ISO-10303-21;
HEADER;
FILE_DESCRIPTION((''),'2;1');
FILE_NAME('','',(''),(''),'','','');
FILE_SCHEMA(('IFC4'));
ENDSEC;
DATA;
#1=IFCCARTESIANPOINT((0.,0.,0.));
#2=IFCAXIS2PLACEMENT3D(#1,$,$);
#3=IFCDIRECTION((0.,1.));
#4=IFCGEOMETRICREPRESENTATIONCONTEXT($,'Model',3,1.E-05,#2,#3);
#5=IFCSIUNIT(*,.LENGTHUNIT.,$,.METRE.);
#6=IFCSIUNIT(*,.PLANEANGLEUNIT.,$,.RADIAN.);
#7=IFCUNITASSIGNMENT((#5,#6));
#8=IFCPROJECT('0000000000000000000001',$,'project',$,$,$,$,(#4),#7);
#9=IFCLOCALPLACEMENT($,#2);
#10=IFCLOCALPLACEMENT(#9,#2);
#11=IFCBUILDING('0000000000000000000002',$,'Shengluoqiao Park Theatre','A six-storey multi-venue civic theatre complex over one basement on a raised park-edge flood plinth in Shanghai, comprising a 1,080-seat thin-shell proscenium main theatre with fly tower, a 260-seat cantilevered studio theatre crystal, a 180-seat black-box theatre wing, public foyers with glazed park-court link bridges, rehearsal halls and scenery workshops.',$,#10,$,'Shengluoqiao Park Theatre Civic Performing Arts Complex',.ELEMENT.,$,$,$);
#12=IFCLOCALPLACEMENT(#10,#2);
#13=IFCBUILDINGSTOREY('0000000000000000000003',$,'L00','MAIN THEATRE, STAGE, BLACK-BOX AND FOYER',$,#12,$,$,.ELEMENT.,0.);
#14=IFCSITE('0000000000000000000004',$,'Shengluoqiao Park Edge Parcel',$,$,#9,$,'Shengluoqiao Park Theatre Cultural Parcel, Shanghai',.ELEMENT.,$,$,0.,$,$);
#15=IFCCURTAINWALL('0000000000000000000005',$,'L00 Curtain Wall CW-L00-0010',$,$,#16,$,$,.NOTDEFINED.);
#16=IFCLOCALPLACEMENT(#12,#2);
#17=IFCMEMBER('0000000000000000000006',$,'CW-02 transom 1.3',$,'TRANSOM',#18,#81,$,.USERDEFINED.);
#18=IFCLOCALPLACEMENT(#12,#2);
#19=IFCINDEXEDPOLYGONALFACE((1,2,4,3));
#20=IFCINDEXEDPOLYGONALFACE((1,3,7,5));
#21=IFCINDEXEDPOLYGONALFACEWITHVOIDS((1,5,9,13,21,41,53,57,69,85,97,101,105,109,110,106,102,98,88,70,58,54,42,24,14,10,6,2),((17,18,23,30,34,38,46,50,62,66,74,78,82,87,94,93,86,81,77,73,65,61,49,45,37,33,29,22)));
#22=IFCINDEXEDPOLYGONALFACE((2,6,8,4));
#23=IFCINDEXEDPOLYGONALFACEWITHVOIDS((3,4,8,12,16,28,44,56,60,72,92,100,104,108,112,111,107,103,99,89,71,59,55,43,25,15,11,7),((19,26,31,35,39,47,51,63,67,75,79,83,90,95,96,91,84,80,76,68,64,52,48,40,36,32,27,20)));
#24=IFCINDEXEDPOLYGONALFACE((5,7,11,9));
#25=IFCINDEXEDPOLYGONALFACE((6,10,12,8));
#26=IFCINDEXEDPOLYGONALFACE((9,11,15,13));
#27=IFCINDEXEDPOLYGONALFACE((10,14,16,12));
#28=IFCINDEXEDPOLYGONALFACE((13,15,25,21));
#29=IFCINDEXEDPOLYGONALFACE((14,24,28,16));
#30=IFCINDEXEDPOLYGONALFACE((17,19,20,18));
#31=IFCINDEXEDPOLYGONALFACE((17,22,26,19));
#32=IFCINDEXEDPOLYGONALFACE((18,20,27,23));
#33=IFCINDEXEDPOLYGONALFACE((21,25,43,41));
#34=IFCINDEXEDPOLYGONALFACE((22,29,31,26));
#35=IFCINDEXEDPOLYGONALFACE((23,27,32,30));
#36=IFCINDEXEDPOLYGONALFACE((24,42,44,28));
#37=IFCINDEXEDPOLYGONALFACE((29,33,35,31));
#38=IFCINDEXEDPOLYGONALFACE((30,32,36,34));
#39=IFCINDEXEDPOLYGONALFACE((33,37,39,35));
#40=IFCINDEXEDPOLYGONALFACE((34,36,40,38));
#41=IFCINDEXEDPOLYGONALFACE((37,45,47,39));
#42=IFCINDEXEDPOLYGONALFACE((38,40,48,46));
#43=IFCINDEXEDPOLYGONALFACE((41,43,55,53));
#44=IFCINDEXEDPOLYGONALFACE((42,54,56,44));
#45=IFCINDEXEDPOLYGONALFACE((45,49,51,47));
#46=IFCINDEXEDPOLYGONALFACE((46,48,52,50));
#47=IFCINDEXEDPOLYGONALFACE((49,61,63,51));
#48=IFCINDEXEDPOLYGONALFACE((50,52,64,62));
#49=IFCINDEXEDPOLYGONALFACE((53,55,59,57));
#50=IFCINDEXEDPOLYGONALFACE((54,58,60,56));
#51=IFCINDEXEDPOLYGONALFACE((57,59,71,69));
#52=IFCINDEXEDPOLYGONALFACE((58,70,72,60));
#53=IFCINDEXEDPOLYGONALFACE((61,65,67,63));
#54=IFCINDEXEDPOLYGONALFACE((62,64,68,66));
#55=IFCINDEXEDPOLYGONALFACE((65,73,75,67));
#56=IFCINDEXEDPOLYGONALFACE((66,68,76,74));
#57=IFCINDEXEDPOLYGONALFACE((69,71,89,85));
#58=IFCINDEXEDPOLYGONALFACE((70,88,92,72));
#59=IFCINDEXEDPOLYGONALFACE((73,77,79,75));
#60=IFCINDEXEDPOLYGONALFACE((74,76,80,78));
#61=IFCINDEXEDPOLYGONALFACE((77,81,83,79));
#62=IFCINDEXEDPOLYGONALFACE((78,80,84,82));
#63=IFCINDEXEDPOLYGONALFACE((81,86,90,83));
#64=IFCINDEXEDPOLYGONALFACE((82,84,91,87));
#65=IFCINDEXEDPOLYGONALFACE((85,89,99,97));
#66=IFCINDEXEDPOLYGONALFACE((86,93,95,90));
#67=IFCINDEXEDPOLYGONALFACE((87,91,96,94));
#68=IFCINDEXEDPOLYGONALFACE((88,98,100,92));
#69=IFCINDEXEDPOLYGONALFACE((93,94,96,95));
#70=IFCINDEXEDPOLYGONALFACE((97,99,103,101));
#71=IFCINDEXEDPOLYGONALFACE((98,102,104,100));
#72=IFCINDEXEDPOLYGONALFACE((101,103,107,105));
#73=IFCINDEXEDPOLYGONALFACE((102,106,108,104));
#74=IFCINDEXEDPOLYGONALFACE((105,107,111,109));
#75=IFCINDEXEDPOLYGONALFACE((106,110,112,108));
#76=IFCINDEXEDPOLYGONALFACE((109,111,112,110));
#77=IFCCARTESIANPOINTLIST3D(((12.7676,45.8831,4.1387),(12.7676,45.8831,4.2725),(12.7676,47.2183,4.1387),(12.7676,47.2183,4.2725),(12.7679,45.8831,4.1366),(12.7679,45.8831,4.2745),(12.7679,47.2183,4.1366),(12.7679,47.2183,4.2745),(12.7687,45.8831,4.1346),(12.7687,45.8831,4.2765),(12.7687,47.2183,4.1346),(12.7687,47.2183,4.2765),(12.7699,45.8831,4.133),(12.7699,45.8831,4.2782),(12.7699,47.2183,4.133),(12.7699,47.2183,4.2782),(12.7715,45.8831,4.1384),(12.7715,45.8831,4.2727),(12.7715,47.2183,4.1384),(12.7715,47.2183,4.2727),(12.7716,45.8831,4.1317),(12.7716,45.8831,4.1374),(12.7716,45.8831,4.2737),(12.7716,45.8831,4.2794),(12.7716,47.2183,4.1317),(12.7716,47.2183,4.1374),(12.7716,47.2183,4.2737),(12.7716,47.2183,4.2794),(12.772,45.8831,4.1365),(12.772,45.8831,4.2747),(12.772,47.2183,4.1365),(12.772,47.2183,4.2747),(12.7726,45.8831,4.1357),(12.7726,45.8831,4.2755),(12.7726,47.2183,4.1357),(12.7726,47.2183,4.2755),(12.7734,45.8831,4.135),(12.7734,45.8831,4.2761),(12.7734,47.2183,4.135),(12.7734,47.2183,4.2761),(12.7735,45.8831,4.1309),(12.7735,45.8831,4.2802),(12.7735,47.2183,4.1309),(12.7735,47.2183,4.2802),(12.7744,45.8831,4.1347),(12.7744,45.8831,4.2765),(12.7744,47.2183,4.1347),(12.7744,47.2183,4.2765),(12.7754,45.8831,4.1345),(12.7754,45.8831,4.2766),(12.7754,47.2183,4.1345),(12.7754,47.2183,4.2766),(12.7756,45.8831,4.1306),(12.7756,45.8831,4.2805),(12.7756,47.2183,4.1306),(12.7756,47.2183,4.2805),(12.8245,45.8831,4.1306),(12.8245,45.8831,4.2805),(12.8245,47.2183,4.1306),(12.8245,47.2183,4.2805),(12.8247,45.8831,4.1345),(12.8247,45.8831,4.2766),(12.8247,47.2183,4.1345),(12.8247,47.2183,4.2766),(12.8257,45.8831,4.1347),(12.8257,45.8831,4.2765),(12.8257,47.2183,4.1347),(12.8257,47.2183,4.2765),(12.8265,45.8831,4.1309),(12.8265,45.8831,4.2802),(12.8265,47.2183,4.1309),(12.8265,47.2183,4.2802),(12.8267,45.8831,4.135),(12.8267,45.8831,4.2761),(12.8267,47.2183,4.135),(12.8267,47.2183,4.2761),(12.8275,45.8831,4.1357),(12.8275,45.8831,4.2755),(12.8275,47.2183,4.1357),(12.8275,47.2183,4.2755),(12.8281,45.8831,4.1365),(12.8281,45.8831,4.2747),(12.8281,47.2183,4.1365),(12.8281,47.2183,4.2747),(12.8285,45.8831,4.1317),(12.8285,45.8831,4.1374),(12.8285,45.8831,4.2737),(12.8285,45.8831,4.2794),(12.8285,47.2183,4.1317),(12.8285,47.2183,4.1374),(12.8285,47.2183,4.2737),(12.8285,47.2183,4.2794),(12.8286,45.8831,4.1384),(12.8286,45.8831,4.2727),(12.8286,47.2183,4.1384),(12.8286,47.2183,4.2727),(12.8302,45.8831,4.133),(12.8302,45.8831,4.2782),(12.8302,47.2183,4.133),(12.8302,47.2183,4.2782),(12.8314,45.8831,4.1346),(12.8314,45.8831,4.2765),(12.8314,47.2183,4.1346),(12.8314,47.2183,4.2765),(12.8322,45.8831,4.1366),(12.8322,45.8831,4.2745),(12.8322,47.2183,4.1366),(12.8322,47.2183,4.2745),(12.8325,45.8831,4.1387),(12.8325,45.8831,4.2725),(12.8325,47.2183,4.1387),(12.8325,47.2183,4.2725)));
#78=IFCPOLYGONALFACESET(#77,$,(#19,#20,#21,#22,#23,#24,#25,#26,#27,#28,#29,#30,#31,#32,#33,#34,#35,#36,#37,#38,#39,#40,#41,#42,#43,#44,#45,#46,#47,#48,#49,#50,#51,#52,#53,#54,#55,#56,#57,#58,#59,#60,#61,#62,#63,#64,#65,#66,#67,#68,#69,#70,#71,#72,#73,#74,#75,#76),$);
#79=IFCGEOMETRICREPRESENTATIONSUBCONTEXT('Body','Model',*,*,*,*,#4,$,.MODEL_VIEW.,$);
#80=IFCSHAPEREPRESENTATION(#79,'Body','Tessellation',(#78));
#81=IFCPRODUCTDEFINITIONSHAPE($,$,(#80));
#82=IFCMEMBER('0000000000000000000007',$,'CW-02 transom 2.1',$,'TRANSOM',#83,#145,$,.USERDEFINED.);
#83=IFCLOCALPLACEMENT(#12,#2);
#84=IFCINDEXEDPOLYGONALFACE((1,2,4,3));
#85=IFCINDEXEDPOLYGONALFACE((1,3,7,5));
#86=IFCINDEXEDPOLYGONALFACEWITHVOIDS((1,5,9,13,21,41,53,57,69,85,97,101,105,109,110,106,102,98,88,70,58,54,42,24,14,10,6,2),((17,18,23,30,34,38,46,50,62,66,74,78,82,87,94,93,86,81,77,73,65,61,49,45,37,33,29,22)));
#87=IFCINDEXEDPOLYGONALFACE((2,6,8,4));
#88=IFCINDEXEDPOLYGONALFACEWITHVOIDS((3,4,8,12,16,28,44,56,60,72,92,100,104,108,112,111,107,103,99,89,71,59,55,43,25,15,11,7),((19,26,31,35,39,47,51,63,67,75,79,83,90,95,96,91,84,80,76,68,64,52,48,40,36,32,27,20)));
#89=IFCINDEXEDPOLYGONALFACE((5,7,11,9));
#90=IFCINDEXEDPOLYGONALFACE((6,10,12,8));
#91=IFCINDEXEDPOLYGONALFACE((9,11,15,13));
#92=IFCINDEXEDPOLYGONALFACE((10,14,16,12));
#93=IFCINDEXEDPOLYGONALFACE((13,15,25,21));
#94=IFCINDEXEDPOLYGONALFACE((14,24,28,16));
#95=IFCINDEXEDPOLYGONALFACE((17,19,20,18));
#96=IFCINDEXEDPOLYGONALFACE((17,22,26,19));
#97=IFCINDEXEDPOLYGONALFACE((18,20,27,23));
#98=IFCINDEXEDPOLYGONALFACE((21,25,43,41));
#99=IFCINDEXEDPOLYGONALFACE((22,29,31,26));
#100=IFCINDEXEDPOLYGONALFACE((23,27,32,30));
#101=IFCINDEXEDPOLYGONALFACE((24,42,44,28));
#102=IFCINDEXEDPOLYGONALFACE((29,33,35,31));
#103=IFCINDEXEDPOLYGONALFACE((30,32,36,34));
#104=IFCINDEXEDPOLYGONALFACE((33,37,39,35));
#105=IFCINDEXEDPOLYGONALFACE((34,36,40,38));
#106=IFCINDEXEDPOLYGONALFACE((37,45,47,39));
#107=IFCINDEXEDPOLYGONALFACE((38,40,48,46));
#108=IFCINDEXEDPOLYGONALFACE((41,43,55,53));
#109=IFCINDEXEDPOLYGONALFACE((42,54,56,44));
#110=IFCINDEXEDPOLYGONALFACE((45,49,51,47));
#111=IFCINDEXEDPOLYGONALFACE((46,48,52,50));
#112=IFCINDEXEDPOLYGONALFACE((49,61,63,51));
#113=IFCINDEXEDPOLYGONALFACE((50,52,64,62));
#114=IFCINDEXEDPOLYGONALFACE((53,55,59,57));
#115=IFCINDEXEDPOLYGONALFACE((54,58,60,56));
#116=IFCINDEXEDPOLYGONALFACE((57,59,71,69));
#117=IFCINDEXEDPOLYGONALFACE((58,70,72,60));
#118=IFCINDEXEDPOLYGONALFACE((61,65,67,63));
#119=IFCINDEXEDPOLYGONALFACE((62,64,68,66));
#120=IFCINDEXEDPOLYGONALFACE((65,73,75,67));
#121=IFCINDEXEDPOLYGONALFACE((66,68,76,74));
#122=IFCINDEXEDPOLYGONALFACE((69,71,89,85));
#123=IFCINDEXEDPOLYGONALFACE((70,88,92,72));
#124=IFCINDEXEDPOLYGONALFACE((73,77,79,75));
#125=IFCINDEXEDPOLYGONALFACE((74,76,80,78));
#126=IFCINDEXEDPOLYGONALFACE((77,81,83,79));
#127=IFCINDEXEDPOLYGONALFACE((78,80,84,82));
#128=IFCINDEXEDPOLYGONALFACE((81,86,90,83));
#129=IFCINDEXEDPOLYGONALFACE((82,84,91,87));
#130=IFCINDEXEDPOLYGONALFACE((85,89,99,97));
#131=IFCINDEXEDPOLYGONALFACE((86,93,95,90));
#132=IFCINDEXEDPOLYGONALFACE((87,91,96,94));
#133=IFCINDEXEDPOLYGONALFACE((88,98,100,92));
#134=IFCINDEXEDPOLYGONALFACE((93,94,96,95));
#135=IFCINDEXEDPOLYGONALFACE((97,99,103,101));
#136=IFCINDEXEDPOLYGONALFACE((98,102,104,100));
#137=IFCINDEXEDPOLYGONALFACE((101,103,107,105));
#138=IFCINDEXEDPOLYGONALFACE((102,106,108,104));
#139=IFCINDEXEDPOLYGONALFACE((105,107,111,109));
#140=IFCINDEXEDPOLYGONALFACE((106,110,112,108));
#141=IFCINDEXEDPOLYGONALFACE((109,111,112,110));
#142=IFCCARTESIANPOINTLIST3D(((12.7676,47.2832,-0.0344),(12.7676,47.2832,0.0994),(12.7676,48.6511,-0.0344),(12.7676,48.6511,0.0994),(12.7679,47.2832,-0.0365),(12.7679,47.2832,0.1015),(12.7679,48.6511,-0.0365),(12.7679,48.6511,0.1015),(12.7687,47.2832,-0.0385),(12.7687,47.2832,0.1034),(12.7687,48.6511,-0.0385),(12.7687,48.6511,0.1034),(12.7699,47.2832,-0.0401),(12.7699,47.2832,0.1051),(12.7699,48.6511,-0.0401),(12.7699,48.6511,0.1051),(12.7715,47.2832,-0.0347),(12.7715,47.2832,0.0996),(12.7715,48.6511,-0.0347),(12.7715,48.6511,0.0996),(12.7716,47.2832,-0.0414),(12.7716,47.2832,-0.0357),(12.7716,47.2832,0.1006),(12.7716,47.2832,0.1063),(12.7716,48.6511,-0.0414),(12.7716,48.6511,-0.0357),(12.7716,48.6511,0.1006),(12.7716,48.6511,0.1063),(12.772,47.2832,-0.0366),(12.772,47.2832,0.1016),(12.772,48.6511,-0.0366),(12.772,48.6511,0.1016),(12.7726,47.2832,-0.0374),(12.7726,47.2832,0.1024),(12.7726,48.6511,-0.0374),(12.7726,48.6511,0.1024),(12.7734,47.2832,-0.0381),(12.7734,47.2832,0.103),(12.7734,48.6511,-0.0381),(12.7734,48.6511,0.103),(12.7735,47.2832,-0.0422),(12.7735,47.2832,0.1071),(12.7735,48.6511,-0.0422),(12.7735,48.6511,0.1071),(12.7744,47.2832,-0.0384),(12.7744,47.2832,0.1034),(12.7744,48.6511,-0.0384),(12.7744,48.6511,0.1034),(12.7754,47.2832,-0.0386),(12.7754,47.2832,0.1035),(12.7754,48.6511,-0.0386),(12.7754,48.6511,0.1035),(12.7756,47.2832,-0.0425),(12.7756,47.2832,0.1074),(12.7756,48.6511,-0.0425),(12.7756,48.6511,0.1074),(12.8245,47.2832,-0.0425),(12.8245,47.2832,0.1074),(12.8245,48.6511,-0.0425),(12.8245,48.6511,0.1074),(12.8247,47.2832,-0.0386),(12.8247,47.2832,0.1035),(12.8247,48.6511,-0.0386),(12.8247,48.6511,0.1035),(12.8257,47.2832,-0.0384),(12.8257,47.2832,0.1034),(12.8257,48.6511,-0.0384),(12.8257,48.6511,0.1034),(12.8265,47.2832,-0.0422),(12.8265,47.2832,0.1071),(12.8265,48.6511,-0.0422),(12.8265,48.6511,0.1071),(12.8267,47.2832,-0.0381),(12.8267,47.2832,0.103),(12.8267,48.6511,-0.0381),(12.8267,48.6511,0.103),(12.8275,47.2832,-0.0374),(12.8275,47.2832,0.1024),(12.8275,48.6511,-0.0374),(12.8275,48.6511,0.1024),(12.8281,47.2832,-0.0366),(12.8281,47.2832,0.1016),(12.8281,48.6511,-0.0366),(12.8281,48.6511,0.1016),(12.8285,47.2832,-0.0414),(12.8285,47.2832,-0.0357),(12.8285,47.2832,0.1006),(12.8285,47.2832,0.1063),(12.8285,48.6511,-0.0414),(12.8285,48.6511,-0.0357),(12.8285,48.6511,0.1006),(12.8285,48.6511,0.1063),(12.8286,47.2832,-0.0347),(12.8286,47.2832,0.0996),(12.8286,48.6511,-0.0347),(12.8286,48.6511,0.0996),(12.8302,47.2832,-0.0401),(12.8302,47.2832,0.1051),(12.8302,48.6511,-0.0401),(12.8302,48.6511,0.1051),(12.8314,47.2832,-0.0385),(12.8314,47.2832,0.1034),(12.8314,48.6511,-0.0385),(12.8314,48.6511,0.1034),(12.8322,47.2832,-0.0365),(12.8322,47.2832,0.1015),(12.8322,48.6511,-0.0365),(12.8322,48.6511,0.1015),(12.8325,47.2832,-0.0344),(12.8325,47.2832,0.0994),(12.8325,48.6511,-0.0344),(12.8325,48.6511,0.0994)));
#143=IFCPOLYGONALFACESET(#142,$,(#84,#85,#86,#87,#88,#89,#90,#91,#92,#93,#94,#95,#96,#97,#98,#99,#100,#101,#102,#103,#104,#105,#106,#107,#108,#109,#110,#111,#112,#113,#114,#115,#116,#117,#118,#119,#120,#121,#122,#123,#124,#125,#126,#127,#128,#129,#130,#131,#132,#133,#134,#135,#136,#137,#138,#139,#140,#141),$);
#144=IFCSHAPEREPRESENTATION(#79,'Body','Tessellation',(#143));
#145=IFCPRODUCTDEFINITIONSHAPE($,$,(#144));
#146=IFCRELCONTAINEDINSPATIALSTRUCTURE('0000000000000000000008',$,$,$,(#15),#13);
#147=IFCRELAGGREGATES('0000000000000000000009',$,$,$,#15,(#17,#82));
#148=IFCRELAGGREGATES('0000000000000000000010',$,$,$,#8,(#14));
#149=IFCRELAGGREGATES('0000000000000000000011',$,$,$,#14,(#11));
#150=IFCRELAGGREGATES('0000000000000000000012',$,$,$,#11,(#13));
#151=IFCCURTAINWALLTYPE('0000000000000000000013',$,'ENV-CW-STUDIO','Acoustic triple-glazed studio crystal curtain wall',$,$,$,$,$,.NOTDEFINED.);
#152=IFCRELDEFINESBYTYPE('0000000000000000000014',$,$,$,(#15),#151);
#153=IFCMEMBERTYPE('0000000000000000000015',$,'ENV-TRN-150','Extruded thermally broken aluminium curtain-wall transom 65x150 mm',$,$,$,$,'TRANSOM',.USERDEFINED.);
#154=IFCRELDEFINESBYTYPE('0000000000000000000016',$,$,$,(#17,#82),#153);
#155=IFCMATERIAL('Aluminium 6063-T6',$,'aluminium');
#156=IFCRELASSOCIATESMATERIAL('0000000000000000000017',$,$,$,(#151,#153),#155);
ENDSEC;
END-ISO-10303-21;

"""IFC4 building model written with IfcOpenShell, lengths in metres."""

from ifc_helpers import new_model, si_unit, direction, frame, origin, origin_2d, place, context, subcontext, project, spatial, hollow_rectangle, extrude, material, material_profile, profile_set, type_object, element, aggregate, save


model = new_model("IFC4")

# Units and contexts
model_context = context("Model", 3, precision=1e-05, world=origin(), true_north=direction((0.0, 1.0)))
body_context = subcontext(model_context, "Body", "Model", "MODEL_VIEW")
ifc_project = project(units=[si_unit("LENGTHUNIT", "METRE"), si_unit("PLANEANGLEUNIT", "RADIAN")], contexts=[model_context])

# Site, building, storey
site_placement = place(None, origin())
site = spatial("IfcSite", under=ifc_project, at=site_placement, Name="Shengluoqiao Park Edge Parcel", LongName="Shengluoqiao Park Theatre Cultural Parcel, Shanghai", CompositionType="ELEMENT", RefElevation=0.0)
building_placement = place(site_placement, origin())
building = spatial("IfcBuilding", under=site, at=building_placement, Name="Shengluoqiao Park Theatre", Description="A six-storey multi-venue civic theatre complex over one basement on a raised park-edge flood plinth in Shanghai, comprising a 1,080-seat thin-shell proscenium main theatre with fly tower, a 260-seat cantilevered studio theatre crystal, a 180-seat black-box theatre wing, public foyers with glazed park-court link bridges, rehearsal halls and scenery workshops.", LongName="Shengluoqiao Park Theatre Civic Performing Arts Complex", CompositionType="ELEMENT")
storey_placement = place(building_placement, origin())
storey = spatial("IfcBuildingStorey", under=building, at=storey_placement, Name="L00", Description="MAIN THEATRE, STAGE, BLACK-BOX AND FOYER", CompositionType="ELEMENT", Elevation=0.0)

# Curtain wall, members
ifc_material_1 = material(Name="Aluminium 6063-T6", Category="aluminium")
curtain_wall_type = type_object("IfcCurtainWallType", Name="ENV-CW-STUDIO", Description="Acoustic triple-glazed studio crystal curtain wall", PredefinedType="NOTDEFINED", material=ifc_material_1)
curtain_wall_placement = place(storey_placement, origin())
curtain_wall = element("IfcCurtainWall", 1, at=curtain_wall_placement, inside=storey, type_object=curtain_wall_type, Name="L00 Curtain Wall CW-L00-0010", PredefinedType="NOTDEFINED")
ifc_material_profile_1 = material_profile(ifc_material_1, hollow_rectangle(XDim=0.0649, YDim=0.1499, WallThickness=0.0039, InnerFilletRadius=0.0039, OuterFilletRadius=0.0081, at=origin_2d()), Name="ALU TRANSOM 150x65x4")
ifc_profile_set_1 = profile_set([ifc_material_profile_1], Name="Aluminium 6063-T6")
member_type_1 = type_object("IfcMemberType", Name="ENV-TRN-150", Description="Extruded thermally broken aluminium curtain-wall transom 65x150 mm", ElementType="TRANSOM", PredefinedType="USERDEFINED", material=ifc_profile_set_1)
member_1_placement = place(storey_placement, frame((12.8, 45.8831, 4.2056), z_axis=(0.0, 1.0, 0.0), x_axis=(-1.0, 0.0, 0.0)))
member_1 = element("IfcMember", 2, at=member_1_placement, type_object=member_type_1, Name="CW-02 transom 1.3", ObjectType="TRANSOM", PredefinedType="USERDEFINED", context=body_context, shape_type="SweptSolid", body=[
    extrude(hollow_rectangle(XDim=0.0649, YDim=0.1499, WallThickness=0.0039, InnerFilletRadius=0.0039, OuterFilletRadius=0.0081, at=origin_2d()), origin(), (0.0, 0.0, 1.0), 1.3352),
])
member_2_placement = place(storey_placement, frame((12.8, 47.2832, 0.0325), z_axis=(0.0, 1.0, 0.0), x_axis=(-1.0, 0.0, 0.0)))
member_2 = element("IfcMember", 3, at=member_2_placement, type_object=member_type_1, Name="CW-02 transom 2.1", ObjectType="TRANSOM", PredefinedType="USERDEFINED", context=body_context, shape_type="SweptSolid", body=[
    extrude(hollow_rectangle(XDim=0.0649, YDim=0.1499, WallThickness=0.0039, InnerFilletRadius=0.0039, OuterFilletRadius=0.0081, at=origin_2d()), origin(), (0.0, 0.0, 1.0), 1.3679),
])
aggregate(curtain_wall, [member_1, member_2])

save(model, "model.ifc")
